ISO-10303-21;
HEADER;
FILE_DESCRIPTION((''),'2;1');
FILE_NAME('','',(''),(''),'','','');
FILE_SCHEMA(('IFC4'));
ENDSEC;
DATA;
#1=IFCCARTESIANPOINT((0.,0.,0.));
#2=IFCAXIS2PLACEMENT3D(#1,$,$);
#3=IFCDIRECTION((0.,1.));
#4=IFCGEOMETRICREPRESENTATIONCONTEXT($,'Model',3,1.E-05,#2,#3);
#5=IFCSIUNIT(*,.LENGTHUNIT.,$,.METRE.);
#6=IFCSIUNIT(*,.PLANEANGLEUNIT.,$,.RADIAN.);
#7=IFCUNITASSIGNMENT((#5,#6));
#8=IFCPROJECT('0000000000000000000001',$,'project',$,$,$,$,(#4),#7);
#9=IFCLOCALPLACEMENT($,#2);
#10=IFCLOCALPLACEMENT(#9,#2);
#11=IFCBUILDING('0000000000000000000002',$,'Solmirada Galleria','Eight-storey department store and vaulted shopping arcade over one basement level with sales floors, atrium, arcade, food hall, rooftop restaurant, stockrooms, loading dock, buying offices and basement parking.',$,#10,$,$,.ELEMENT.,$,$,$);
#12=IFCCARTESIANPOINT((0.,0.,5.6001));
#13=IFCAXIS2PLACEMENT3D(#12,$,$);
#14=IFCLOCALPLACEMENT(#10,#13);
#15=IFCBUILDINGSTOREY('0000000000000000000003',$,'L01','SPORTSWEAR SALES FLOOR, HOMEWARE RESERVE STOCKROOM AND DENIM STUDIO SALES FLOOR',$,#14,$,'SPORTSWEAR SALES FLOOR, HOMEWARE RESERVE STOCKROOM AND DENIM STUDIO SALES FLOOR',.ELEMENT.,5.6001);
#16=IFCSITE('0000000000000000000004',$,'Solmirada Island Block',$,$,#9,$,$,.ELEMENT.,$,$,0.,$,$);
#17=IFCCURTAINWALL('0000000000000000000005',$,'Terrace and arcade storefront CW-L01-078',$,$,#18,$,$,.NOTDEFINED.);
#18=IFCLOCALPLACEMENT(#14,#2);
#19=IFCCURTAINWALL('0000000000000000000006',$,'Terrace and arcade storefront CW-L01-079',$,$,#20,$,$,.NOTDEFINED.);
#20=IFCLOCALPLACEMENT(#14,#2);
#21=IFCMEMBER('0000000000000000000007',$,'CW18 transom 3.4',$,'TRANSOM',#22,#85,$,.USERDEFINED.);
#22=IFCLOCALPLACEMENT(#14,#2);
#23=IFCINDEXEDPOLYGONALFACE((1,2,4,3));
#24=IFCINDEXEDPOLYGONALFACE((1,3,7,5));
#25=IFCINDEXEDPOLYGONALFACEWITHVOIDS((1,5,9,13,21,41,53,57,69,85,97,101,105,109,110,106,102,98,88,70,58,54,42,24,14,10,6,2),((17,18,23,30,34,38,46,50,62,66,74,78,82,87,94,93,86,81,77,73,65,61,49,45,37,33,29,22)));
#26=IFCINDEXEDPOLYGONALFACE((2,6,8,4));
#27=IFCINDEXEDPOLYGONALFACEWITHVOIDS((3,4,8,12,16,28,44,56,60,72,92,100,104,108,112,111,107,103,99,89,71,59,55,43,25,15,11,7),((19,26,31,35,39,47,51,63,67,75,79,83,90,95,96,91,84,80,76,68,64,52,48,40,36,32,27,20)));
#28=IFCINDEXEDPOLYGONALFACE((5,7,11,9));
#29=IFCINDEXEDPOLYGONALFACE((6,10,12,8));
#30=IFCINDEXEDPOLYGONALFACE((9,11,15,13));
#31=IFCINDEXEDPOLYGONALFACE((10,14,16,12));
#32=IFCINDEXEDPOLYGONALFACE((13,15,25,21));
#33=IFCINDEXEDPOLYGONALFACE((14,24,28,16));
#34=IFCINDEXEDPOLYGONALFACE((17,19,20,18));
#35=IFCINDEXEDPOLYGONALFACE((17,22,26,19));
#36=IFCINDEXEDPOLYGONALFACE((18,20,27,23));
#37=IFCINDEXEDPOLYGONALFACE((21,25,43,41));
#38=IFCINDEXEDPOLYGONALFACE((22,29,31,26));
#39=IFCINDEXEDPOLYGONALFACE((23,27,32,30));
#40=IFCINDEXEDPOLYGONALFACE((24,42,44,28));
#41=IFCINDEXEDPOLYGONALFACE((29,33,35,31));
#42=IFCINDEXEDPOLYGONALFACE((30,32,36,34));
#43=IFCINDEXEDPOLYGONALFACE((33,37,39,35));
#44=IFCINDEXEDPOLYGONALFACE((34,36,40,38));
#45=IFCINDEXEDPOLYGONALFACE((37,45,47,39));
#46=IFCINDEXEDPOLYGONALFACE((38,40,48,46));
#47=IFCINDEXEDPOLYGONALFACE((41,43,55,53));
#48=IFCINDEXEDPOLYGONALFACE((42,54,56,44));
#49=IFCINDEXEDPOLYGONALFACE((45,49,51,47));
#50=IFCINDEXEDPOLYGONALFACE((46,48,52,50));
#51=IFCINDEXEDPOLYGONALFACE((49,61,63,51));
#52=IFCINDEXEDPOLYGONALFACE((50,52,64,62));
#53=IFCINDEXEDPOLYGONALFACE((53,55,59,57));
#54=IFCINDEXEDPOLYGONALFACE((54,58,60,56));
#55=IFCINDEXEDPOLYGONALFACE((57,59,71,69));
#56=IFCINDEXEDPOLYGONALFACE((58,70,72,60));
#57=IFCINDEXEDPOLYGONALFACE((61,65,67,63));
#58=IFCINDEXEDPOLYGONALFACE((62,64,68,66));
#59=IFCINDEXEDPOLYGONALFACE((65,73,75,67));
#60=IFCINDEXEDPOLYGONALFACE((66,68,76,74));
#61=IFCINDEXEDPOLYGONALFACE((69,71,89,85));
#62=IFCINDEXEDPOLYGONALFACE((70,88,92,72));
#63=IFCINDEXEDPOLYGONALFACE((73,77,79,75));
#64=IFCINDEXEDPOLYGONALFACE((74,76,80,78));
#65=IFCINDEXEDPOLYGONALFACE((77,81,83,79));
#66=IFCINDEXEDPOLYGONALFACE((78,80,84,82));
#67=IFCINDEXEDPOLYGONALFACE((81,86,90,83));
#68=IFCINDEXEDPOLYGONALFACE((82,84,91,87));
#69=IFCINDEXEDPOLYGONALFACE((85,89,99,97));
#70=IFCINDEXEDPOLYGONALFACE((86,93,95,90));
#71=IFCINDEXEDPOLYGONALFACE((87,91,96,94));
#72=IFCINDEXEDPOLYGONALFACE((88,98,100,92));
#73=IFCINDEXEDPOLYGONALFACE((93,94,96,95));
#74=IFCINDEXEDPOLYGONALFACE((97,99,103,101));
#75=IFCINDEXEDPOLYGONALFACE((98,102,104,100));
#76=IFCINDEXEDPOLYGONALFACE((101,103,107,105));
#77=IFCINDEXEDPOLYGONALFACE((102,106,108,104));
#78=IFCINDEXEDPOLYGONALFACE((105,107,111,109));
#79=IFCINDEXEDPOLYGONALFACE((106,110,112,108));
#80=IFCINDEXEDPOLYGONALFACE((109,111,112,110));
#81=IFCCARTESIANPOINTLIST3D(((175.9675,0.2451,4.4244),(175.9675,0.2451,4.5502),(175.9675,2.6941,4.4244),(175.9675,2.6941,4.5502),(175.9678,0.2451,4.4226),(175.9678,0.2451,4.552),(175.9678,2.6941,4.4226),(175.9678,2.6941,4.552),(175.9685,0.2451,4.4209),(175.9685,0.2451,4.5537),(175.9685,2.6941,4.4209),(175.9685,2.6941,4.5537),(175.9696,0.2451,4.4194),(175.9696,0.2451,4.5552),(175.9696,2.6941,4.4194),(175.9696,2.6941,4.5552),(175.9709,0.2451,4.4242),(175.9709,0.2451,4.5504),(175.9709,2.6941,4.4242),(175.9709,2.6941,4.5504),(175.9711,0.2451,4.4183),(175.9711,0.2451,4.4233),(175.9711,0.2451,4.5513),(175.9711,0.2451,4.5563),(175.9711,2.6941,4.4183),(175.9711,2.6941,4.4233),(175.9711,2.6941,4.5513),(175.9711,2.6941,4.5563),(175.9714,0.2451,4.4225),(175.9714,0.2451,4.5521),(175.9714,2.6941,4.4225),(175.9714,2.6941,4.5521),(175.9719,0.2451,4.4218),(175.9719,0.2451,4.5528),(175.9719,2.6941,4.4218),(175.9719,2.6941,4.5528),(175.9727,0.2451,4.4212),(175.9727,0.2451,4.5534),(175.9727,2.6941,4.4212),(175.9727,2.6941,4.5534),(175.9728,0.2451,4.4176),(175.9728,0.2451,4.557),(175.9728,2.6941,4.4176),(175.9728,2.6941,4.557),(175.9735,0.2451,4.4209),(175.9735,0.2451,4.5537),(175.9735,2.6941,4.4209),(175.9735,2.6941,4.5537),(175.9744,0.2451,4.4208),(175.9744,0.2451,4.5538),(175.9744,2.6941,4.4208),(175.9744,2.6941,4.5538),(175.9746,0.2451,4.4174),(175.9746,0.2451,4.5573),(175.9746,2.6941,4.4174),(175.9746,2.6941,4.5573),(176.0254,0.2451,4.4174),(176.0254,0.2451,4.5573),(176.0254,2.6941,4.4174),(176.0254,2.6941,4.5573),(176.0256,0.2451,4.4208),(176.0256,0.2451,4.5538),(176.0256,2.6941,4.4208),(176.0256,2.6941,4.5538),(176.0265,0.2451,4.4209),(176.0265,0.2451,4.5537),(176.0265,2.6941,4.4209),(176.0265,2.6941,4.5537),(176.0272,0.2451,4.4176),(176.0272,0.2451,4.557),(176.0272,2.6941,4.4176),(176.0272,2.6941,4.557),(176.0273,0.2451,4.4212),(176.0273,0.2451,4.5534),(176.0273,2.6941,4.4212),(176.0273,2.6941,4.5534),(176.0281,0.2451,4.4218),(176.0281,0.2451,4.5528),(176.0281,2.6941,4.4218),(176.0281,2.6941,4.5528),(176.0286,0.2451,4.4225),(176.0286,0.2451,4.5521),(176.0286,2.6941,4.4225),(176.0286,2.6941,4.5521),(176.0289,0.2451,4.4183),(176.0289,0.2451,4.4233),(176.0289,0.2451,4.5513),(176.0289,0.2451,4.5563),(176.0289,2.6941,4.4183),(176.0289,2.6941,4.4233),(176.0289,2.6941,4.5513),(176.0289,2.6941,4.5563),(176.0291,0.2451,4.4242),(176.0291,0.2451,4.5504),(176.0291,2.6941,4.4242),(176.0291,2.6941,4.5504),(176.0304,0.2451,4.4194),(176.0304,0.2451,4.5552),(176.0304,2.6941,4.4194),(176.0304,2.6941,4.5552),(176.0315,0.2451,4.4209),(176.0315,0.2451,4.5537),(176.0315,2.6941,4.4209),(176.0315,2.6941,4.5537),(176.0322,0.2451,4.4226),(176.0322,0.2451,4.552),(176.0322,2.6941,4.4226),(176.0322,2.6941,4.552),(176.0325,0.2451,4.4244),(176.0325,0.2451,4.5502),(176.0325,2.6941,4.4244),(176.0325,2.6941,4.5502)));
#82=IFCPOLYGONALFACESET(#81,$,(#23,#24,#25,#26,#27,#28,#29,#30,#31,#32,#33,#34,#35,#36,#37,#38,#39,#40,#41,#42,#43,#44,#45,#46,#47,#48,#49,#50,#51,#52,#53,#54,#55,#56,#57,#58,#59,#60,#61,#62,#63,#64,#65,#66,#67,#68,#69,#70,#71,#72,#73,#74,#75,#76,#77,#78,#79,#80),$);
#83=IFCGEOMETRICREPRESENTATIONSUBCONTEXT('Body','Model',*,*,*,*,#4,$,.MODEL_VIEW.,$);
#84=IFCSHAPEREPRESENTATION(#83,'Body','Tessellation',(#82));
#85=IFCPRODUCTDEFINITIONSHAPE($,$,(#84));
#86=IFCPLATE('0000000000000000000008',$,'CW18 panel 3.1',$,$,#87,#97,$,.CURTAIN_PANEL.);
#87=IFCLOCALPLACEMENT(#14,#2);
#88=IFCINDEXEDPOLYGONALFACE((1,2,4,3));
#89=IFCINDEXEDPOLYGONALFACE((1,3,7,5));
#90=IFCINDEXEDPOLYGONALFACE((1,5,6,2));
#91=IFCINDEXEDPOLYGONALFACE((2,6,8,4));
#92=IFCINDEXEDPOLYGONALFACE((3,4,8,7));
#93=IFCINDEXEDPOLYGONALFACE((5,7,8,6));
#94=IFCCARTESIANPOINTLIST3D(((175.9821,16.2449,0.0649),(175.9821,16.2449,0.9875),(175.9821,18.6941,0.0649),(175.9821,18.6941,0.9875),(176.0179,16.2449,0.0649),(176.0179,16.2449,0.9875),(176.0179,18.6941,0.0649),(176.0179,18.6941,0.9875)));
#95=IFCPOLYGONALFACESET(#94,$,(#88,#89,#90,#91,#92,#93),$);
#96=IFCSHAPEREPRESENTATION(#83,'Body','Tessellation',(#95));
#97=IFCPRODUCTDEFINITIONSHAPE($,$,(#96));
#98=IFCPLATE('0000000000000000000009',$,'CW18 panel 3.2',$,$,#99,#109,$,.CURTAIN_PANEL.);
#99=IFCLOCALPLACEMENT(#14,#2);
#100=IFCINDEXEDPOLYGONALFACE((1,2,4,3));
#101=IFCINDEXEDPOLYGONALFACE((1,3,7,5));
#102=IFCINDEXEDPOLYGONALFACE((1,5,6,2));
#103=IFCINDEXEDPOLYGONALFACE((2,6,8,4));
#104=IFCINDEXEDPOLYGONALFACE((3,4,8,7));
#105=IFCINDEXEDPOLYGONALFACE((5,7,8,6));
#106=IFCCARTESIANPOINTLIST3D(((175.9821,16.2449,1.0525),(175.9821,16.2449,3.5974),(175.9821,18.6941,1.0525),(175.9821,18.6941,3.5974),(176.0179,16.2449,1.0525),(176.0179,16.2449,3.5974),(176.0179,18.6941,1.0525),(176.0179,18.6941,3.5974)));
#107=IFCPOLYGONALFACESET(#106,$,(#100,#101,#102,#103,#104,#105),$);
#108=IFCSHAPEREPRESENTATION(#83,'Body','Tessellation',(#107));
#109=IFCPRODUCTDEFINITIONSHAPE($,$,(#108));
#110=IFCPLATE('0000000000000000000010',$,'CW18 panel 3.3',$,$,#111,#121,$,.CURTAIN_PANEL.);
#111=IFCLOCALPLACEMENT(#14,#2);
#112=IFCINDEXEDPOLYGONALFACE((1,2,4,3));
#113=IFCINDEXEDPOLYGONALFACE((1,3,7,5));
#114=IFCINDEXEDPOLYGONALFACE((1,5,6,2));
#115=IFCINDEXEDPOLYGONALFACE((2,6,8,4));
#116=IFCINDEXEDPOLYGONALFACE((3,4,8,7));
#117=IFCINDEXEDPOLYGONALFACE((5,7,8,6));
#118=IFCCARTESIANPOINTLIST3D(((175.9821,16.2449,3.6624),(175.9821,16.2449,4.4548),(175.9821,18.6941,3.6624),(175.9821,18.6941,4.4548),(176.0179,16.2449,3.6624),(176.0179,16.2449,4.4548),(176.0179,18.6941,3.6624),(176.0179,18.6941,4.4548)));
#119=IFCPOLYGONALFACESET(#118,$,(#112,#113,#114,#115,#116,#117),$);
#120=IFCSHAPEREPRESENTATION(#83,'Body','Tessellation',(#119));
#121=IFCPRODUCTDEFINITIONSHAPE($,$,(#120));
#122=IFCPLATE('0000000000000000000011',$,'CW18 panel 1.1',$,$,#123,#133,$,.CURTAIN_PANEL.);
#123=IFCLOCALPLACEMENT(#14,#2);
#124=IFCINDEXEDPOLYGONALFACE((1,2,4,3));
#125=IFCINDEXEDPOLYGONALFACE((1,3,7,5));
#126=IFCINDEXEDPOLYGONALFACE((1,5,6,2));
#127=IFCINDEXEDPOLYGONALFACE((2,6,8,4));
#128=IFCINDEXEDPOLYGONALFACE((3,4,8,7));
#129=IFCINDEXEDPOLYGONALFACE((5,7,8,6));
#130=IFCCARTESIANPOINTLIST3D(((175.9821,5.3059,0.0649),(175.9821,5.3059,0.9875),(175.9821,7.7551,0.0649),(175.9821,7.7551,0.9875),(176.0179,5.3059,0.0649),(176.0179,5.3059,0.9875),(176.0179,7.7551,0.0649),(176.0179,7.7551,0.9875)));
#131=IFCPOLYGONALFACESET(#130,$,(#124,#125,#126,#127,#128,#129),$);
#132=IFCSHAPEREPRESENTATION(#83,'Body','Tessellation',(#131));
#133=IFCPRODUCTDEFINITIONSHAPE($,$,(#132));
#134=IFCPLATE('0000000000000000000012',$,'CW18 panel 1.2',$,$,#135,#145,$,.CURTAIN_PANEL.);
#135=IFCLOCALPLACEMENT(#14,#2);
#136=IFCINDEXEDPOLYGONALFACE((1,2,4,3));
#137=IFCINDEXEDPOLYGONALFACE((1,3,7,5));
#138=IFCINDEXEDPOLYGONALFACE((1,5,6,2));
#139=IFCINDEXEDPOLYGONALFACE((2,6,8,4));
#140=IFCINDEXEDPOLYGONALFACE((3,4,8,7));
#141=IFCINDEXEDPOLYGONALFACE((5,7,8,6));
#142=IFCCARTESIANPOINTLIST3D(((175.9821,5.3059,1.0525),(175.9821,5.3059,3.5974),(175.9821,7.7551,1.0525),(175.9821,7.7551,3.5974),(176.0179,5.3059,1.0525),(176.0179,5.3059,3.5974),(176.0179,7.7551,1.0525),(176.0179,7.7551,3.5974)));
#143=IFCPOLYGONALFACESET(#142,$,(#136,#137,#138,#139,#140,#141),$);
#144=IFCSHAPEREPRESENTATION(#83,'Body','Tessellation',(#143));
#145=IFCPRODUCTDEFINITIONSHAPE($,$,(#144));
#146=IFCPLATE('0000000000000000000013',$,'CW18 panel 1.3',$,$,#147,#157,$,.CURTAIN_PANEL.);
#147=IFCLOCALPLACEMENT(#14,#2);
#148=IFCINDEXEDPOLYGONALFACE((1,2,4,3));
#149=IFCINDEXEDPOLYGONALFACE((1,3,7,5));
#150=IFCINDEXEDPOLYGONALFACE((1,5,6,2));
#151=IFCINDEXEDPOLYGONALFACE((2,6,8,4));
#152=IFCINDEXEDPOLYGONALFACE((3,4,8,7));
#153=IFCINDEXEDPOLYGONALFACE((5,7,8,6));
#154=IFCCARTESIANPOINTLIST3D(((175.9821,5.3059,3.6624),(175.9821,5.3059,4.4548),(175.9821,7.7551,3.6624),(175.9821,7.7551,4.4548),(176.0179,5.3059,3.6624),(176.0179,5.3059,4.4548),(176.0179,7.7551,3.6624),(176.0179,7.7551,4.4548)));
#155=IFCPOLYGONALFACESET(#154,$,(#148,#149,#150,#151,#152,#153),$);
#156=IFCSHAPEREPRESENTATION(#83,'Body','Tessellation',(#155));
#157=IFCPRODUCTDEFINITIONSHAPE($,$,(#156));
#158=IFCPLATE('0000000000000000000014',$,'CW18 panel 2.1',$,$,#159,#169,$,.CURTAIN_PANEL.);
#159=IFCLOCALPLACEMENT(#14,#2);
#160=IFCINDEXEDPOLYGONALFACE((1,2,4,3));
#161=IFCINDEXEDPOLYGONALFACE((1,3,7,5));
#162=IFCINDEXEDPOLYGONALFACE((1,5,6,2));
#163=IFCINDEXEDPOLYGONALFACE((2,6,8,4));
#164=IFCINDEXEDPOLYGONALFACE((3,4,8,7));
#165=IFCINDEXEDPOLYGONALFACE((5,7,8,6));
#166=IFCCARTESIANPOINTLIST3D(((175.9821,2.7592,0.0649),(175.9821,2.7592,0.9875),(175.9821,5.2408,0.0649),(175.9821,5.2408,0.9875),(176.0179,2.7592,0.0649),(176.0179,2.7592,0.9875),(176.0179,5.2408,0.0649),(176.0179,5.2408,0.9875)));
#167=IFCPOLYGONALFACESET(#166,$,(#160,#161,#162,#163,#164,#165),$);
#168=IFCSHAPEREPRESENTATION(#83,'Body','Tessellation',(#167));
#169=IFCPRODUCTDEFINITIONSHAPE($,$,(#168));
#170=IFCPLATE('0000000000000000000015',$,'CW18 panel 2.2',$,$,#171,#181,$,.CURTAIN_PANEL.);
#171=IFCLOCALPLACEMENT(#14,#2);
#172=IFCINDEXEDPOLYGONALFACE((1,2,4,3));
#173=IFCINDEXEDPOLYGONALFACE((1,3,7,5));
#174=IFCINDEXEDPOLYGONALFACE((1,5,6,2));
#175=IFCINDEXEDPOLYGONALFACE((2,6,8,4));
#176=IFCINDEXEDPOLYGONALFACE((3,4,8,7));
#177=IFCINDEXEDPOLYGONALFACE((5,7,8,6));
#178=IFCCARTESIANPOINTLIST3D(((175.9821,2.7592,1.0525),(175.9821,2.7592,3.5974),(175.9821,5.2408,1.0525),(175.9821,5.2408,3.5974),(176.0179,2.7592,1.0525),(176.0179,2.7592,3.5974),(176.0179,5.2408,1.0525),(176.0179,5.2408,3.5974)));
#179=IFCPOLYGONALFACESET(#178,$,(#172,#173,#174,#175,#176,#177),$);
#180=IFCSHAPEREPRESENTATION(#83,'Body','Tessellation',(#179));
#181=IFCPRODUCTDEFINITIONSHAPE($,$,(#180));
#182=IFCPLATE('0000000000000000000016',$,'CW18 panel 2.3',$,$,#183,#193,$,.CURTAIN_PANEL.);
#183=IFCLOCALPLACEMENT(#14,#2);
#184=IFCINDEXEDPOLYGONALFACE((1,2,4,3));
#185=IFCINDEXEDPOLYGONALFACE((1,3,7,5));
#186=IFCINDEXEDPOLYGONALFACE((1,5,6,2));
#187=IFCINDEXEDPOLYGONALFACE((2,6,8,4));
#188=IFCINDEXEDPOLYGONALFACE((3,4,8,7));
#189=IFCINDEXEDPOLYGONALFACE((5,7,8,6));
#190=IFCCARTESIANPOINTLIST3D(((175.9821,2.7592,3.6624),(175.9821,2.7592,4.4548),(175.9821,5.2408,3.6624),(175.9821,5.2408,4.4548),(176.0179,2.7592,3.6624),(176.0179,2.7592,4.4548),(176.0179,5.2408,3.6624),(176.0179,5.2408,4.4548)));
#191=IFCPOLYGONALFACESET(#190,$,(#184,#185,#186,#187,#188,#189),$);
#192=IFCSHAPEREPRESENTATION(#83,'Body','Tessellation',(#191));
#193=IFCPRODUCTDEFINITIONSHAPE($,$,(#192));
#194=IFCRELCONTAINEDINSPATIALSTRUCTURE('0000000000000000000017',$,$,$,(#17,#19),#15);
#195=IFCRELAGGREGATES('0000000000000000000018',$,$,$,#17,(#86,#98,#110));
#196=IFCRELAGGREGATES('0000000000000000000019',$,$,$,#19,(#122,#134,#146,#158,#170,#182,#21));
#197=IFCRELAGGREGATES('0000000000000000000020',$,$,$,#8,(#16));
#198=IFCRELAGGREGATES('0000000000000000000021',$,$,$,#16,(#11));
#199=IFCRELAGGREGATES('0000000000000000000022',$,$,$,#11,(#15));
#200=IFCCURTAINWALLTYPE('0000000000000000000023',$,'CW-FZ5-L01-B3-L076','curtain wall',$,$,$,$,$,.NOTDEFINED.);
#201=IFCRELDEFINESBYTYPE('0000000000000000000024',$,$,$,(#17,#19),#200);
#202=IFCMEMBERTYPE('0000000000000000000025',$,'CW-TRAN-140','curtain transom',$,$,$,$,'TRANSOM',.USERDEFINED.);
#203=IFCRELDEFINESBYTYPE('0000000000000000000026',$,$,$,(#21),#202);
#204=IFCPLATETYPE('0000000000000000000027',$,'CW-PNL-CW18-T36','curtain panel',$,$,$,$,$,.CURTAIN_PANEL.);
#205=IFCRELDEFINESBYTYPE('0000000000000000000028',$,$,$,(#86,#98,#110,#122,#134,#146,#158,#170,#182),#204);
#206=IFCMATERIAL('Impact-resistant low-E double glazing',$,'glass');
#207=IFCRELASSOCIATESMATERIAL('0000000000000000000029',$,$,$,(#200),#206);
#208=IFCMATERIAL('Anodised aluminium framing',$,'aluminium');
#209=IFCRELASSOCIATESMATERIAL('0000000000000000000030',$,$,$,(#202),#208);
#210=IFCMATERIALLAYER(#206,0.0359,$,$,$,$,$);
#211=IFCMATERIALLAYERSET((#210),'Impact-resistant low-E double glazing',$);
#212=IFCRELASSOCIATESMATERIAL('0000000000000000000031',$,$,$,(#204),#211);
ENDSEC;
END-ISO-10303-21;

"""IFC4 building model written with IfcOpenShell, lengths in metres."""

from ifc_helpers import new_model, si_unit, direction, frame, origin, origin_2d, place, context, subcontext, project, spatial, rectangle, hollow_rectangle, extrude, material, layer, layer_set, material_profile, profile_set, type_object, element, aggregate, save


model = new_model("IFC4")

# Units and contexts
model_context = context("Model", 3, precision=1e-05, world=origin(), true_north=direction((0.0, 1.0)))
body_context = subcontext(model_context, "Body", "Model", "MODEL_VIEW")
ifc_project = project(units=[si_unit("LENGTHUNIT", "METRE"), si_unit("PLANEANGLEUNIT", "RADIAN")], contexts=[model_context])

# Site, building, storey
site_placement = place(None, origin())
site = spatial("IfcSite", under=ifc_project, at=site_placement, Name="Solmirada Island Block", CompositionType="ELEMENT", RefElevation=0.0)
building_placement = place(site_placement, origin())
building = spatial("IfcBuilding", under=site, at=building_placement, Name="Solmirada Galleria", Description="Eight-storey department store and vaulted shopping arcade over one basement level with sales floors, atrium, arcade, food hall, rooftop restaurant, stockrooms, loading dock, buying offices and basement parking.", CompositionType="ELEMENT")
storey_placement = place(building_placement, frame((0.0, 0.0, 5.6001)))
storey = spatial("IfcBuildingStorey", under=building, at=storey_placement, Name="L01", Description="SPORTSWEAR SALES FLOOR, HOMEWARE RESERVE STOCKROOM AND DENIM STUDIO SALES FLOOR", LongName="SPORTSWEAR SALES FLOOR, HOMEWARE RESERVE STOCKROOM AND DENIM STUDIO SALES FLOOR", CompositionType="ELEMENT", Elevation=5.6001)

# Curtain walls
ifc_material_1 = material(Name="Impact-resistant low-E double glazing", Category="glass")
curtain_wall_type = type_object("IfcCurtainWallType", Name="CW-FZ5-L01-B3-L076", Description="curtain wall", PredefinedType="NOTDEFINED", material=ifc_material_1)
curtain_wall_1_placement = place(storey_placement, origin())
curtain_wall_1 = element("IfcCurtainWall", 1, at=curtain_wall_1_placement, inside=storey, type_object=curtain_wall_type, Name="Terrace and arcade storefront CW-L01-078", PredefinedType="NOTDEFINED")
ifc_material_2 = material(Name="Anodised aluminium framing", Category="aluminium")
curtain_wall_2_placement = place(storey_placement, origin())
curtain_wall_2 = element("IfcCurtainWall", 2, at=curtain_wall_2_placement, inside=storey, type_object=curtain_wall_type, Name="Terrace and arcade storefront CW-L01-079", PredefinedType="NOTDEFINED")

# Member
ifc_material_profile_1 = material_profile(ifc_material_2, hollow_rectangle(XDim=0.0649, YDim=0.1399, WallThickness=0.0034, InnerFilletRadius=0.0034, OuterFilletRadius=0.0071, at=origin_2d()), Name="ALU-TRAN-140X65")
ifc_profile_set_1 = profile_set([ifc_material_profile_1], Name="Anodised aluminium framing")
member_type_1 = type_object("IfcMemberType", Name="CW-TRAN-140", Description="curtain transom", ElementType="TRANSOM", PredefinedType="USERDEFINED", material=ifc_profile_set_1)
member_1_placement = place(storey_placement, frame((176.0, 2.6941, 4.4873), z_axis=(0.0, -1.0, 0.0), x_axis=(1.0, 0.0, 0.0)))
member_1 = element("IfcMember", 3, at=member_1_placement, type_object=member_type_1, Name="CW18 transom 3.4", ObjectType="TRANSOM", PredefinedType="USERDEFINED", context=body_context, shape_type="SweptSolid", body=[
    extrude(hollow_rectangle(XDim=0.0649, YDim=0.1399, WallThickness=0.0034, InnerFilletRadius=0.0034, OuterFilletRadius=0.0071, at=origin_2d()), origin(), (0.0, 0.0, 1.0), 2.449),
])

# Plates
ifc_layer_1 = layer(ifc_material_1, 0.0359)
ifc_layer_set_1 = layer_set([ifc_layer_1], Name="Impact-resistant low-E double glazing")
plate_type = type_object("IfcPlateType", Name="CW-PNL-CW18-T36", Description="curtain panel", PredefinedType="CURTAIN_PANEL", material=ifc_layer_set_1)
plate_1_placement = place(storey_placement, frame((176.0, 17.4695, 0.0649), z_axis=(0.0, 0.0, 1.0), x_axis=(0.0, -1.0, 0.0)))
plate_1 = element("IfcPlate", 4, at=plate_1_placement, type_object=plate_type, Name="CW18 panel 3.1", PredefinedType="CURTAIN_PANEL", context=body_context, shape_type="SweptSolid", body=[
    extrude(rectangle(XDim=2.4492, YDim=0.0359, at=origin_2d()), origin(), (0.0, 0.0, 1.0), 0.9226),
])
plate_2_placement = place(storey_placement, frame((176.0, 17.4695, 1.0525), z_axis=(0.0, 0.0, 1.0), x_axis=(0.0, -1.0, 0.0)))
plate_2 = element("IfcPlate", 5, at=plate_2_placement, type_object=plate_type, Name="CW18 panel 3.2", PredefinedType="CURTAIN_PANEL", context=body_context, shape_type="SweptSolid", body=[
    extrude(rectangle(XDim=2.4492, YDim=0.0359, at=origin_2d()), origin(), (0.0, 0.0, 1.0), 2.5449),
])
plate_3_placement = place(storey_placement, frame((176.0, 17.4695, 3.6624), z_axis=(0.0, 0.0, 1.0), x_axis=(0.0, -1.0, 0.0)))
plate_3 = element("IfcPlate", 6, at=plate_3_placement, type_object=plate_type, Name="CW18 panel 3.3", PredefinedType="CURTAIN_PANEL", context=body_context, shape_type="SweptSolid", body=[
    extrude(rectangle(XDim=2.4492, YDim=0.0359, at=origin_2d()), origin(), (0.0, 0.0, 1.0), 0.7925),
])
aggregate(curtain_wall_1, [plate_1, plate_2, plate_3])
plate_4_placement = place(storey_placement, frame((176.0, 6.5305, 0.0649), z_axis=(0.0, 0.0, 1.0), x_axis=(0.0, -1.0, 0.0)))
plate_4 = element("IfcPlate", 7, at=plate_4_placement, type_object=plate_type, Name="CW18 panel 1.1", PredefinedType="CURTAIN_PANEL", context=body_context, shape_type="SweptSolid", body=[
    extrude(rectangle(XDim=2.4492, YDim=0.0359, at=origin_2d()), origin(), (0.0, 0.0, 1.0), 0.9226),
])
plate_5_placement = place(storey_placement, frame((176.0, 6.5305, 1.0525), z_axis=(0.0, 0.0, 1.0), x_axis=(0.0, -1.0, 0.0)))
plate_5 = element("IfcPlate", 8, at=plate_5_placement, type_object=plate_type, Name="CW18 panel 1.2", PredefinedType="CURTAIN_PANEL", context=body_context, shape_type="SweptSolid", body=[
    extrude(rectangle(XDim=2.4492, YDim=0.0359, at=origin_2d()), origin(), (0.0, 0.0, 1.0), 2.5449),
])
plate_6_placement = place(storey_placement, frame((176.0, 6.5305, 3.6624), z_axis=(0.0, 0.0, 1.0), x_axis=(0.0, -1.0, 0.0)))
plate_6 = element("IfcPlate", 9, at=plate_6_placement, type_object=plate_type, Name="CW18 panel 1.3", PredefinedType="CURTAIN_PANEL", context=body_context, shape_type="SweptSolid", body=[
    extrude(rectangle(XDim=2.4492, YDim=0.0359, at=origin_2d()), origin(), (0.0, 0.0, 1.0), 0.7925),
])
plate_7_placement = place(storey_placement, frame((176.0, 4.0, 0.0649), z_axis=(0.0, 0.0, 1.0), x_axis=(0.0, -1.0, 0.0)))
plate_7 = element("IfcPlate", 10, at=plate_7_placement, type_object=plate_type, Name="CW18 panel 2.1", PredefinedType="CURTAIN_PANEL", context=body_context, shape_type="SweptSolid", body=[
    extrude(rectangle(XDim=2.4817, YDim=0.0359, at=origin_2d()), origin(), (0.0, 0.0, 1.0), 0.9226),
])
plate_8_placement = place(storey_placement, frame((176.0, 4.0, 1.0525), z_axis=(0.0, 0.0, 1.0), x_axis=(0.0, -1.0, 0.0)))
plate_8 = element("IfcPlate", 11, at=plate_8_placement, type_object=plate_type, Name="CW18 panel 2.2", PredefinedType="CURTAIN_PANEL", context=body_context, shape_type="SweptSolid", body=[
    extrude(rectangle(XDim=2.4817, YDim=0.0359, at=origin_2d()), origin(), (0.0, 0.0, 1.0), 2.5449),
])
plate_9_placement = place(storey_placement, frame((176.0, 4.0, 3.6624), z_axis=(0.0, 0.0, 1.0), x_axis=(0.0, -1.0, 0.0)))
plate_9 = element("IfcPlate", 12, at=plate_9_placement, type_object=plate_type, Name="CW18 panel 2.3", PredefinedType="CURTAIN_PANEL", context=body_context, shape_type="SweptSolid", body=[
    extrude(rectangle(XDim=2.4817, YDim=0.0359, at=origin_2d()), origin(), (0.0, 0.0, 1.0), 0.7925),
])
aggregate(curtain_wall_2, [plate_4, plate_5, plate_6, plate_7, plate_8, plate_9, member_1])

save(model, "model.ifc")
